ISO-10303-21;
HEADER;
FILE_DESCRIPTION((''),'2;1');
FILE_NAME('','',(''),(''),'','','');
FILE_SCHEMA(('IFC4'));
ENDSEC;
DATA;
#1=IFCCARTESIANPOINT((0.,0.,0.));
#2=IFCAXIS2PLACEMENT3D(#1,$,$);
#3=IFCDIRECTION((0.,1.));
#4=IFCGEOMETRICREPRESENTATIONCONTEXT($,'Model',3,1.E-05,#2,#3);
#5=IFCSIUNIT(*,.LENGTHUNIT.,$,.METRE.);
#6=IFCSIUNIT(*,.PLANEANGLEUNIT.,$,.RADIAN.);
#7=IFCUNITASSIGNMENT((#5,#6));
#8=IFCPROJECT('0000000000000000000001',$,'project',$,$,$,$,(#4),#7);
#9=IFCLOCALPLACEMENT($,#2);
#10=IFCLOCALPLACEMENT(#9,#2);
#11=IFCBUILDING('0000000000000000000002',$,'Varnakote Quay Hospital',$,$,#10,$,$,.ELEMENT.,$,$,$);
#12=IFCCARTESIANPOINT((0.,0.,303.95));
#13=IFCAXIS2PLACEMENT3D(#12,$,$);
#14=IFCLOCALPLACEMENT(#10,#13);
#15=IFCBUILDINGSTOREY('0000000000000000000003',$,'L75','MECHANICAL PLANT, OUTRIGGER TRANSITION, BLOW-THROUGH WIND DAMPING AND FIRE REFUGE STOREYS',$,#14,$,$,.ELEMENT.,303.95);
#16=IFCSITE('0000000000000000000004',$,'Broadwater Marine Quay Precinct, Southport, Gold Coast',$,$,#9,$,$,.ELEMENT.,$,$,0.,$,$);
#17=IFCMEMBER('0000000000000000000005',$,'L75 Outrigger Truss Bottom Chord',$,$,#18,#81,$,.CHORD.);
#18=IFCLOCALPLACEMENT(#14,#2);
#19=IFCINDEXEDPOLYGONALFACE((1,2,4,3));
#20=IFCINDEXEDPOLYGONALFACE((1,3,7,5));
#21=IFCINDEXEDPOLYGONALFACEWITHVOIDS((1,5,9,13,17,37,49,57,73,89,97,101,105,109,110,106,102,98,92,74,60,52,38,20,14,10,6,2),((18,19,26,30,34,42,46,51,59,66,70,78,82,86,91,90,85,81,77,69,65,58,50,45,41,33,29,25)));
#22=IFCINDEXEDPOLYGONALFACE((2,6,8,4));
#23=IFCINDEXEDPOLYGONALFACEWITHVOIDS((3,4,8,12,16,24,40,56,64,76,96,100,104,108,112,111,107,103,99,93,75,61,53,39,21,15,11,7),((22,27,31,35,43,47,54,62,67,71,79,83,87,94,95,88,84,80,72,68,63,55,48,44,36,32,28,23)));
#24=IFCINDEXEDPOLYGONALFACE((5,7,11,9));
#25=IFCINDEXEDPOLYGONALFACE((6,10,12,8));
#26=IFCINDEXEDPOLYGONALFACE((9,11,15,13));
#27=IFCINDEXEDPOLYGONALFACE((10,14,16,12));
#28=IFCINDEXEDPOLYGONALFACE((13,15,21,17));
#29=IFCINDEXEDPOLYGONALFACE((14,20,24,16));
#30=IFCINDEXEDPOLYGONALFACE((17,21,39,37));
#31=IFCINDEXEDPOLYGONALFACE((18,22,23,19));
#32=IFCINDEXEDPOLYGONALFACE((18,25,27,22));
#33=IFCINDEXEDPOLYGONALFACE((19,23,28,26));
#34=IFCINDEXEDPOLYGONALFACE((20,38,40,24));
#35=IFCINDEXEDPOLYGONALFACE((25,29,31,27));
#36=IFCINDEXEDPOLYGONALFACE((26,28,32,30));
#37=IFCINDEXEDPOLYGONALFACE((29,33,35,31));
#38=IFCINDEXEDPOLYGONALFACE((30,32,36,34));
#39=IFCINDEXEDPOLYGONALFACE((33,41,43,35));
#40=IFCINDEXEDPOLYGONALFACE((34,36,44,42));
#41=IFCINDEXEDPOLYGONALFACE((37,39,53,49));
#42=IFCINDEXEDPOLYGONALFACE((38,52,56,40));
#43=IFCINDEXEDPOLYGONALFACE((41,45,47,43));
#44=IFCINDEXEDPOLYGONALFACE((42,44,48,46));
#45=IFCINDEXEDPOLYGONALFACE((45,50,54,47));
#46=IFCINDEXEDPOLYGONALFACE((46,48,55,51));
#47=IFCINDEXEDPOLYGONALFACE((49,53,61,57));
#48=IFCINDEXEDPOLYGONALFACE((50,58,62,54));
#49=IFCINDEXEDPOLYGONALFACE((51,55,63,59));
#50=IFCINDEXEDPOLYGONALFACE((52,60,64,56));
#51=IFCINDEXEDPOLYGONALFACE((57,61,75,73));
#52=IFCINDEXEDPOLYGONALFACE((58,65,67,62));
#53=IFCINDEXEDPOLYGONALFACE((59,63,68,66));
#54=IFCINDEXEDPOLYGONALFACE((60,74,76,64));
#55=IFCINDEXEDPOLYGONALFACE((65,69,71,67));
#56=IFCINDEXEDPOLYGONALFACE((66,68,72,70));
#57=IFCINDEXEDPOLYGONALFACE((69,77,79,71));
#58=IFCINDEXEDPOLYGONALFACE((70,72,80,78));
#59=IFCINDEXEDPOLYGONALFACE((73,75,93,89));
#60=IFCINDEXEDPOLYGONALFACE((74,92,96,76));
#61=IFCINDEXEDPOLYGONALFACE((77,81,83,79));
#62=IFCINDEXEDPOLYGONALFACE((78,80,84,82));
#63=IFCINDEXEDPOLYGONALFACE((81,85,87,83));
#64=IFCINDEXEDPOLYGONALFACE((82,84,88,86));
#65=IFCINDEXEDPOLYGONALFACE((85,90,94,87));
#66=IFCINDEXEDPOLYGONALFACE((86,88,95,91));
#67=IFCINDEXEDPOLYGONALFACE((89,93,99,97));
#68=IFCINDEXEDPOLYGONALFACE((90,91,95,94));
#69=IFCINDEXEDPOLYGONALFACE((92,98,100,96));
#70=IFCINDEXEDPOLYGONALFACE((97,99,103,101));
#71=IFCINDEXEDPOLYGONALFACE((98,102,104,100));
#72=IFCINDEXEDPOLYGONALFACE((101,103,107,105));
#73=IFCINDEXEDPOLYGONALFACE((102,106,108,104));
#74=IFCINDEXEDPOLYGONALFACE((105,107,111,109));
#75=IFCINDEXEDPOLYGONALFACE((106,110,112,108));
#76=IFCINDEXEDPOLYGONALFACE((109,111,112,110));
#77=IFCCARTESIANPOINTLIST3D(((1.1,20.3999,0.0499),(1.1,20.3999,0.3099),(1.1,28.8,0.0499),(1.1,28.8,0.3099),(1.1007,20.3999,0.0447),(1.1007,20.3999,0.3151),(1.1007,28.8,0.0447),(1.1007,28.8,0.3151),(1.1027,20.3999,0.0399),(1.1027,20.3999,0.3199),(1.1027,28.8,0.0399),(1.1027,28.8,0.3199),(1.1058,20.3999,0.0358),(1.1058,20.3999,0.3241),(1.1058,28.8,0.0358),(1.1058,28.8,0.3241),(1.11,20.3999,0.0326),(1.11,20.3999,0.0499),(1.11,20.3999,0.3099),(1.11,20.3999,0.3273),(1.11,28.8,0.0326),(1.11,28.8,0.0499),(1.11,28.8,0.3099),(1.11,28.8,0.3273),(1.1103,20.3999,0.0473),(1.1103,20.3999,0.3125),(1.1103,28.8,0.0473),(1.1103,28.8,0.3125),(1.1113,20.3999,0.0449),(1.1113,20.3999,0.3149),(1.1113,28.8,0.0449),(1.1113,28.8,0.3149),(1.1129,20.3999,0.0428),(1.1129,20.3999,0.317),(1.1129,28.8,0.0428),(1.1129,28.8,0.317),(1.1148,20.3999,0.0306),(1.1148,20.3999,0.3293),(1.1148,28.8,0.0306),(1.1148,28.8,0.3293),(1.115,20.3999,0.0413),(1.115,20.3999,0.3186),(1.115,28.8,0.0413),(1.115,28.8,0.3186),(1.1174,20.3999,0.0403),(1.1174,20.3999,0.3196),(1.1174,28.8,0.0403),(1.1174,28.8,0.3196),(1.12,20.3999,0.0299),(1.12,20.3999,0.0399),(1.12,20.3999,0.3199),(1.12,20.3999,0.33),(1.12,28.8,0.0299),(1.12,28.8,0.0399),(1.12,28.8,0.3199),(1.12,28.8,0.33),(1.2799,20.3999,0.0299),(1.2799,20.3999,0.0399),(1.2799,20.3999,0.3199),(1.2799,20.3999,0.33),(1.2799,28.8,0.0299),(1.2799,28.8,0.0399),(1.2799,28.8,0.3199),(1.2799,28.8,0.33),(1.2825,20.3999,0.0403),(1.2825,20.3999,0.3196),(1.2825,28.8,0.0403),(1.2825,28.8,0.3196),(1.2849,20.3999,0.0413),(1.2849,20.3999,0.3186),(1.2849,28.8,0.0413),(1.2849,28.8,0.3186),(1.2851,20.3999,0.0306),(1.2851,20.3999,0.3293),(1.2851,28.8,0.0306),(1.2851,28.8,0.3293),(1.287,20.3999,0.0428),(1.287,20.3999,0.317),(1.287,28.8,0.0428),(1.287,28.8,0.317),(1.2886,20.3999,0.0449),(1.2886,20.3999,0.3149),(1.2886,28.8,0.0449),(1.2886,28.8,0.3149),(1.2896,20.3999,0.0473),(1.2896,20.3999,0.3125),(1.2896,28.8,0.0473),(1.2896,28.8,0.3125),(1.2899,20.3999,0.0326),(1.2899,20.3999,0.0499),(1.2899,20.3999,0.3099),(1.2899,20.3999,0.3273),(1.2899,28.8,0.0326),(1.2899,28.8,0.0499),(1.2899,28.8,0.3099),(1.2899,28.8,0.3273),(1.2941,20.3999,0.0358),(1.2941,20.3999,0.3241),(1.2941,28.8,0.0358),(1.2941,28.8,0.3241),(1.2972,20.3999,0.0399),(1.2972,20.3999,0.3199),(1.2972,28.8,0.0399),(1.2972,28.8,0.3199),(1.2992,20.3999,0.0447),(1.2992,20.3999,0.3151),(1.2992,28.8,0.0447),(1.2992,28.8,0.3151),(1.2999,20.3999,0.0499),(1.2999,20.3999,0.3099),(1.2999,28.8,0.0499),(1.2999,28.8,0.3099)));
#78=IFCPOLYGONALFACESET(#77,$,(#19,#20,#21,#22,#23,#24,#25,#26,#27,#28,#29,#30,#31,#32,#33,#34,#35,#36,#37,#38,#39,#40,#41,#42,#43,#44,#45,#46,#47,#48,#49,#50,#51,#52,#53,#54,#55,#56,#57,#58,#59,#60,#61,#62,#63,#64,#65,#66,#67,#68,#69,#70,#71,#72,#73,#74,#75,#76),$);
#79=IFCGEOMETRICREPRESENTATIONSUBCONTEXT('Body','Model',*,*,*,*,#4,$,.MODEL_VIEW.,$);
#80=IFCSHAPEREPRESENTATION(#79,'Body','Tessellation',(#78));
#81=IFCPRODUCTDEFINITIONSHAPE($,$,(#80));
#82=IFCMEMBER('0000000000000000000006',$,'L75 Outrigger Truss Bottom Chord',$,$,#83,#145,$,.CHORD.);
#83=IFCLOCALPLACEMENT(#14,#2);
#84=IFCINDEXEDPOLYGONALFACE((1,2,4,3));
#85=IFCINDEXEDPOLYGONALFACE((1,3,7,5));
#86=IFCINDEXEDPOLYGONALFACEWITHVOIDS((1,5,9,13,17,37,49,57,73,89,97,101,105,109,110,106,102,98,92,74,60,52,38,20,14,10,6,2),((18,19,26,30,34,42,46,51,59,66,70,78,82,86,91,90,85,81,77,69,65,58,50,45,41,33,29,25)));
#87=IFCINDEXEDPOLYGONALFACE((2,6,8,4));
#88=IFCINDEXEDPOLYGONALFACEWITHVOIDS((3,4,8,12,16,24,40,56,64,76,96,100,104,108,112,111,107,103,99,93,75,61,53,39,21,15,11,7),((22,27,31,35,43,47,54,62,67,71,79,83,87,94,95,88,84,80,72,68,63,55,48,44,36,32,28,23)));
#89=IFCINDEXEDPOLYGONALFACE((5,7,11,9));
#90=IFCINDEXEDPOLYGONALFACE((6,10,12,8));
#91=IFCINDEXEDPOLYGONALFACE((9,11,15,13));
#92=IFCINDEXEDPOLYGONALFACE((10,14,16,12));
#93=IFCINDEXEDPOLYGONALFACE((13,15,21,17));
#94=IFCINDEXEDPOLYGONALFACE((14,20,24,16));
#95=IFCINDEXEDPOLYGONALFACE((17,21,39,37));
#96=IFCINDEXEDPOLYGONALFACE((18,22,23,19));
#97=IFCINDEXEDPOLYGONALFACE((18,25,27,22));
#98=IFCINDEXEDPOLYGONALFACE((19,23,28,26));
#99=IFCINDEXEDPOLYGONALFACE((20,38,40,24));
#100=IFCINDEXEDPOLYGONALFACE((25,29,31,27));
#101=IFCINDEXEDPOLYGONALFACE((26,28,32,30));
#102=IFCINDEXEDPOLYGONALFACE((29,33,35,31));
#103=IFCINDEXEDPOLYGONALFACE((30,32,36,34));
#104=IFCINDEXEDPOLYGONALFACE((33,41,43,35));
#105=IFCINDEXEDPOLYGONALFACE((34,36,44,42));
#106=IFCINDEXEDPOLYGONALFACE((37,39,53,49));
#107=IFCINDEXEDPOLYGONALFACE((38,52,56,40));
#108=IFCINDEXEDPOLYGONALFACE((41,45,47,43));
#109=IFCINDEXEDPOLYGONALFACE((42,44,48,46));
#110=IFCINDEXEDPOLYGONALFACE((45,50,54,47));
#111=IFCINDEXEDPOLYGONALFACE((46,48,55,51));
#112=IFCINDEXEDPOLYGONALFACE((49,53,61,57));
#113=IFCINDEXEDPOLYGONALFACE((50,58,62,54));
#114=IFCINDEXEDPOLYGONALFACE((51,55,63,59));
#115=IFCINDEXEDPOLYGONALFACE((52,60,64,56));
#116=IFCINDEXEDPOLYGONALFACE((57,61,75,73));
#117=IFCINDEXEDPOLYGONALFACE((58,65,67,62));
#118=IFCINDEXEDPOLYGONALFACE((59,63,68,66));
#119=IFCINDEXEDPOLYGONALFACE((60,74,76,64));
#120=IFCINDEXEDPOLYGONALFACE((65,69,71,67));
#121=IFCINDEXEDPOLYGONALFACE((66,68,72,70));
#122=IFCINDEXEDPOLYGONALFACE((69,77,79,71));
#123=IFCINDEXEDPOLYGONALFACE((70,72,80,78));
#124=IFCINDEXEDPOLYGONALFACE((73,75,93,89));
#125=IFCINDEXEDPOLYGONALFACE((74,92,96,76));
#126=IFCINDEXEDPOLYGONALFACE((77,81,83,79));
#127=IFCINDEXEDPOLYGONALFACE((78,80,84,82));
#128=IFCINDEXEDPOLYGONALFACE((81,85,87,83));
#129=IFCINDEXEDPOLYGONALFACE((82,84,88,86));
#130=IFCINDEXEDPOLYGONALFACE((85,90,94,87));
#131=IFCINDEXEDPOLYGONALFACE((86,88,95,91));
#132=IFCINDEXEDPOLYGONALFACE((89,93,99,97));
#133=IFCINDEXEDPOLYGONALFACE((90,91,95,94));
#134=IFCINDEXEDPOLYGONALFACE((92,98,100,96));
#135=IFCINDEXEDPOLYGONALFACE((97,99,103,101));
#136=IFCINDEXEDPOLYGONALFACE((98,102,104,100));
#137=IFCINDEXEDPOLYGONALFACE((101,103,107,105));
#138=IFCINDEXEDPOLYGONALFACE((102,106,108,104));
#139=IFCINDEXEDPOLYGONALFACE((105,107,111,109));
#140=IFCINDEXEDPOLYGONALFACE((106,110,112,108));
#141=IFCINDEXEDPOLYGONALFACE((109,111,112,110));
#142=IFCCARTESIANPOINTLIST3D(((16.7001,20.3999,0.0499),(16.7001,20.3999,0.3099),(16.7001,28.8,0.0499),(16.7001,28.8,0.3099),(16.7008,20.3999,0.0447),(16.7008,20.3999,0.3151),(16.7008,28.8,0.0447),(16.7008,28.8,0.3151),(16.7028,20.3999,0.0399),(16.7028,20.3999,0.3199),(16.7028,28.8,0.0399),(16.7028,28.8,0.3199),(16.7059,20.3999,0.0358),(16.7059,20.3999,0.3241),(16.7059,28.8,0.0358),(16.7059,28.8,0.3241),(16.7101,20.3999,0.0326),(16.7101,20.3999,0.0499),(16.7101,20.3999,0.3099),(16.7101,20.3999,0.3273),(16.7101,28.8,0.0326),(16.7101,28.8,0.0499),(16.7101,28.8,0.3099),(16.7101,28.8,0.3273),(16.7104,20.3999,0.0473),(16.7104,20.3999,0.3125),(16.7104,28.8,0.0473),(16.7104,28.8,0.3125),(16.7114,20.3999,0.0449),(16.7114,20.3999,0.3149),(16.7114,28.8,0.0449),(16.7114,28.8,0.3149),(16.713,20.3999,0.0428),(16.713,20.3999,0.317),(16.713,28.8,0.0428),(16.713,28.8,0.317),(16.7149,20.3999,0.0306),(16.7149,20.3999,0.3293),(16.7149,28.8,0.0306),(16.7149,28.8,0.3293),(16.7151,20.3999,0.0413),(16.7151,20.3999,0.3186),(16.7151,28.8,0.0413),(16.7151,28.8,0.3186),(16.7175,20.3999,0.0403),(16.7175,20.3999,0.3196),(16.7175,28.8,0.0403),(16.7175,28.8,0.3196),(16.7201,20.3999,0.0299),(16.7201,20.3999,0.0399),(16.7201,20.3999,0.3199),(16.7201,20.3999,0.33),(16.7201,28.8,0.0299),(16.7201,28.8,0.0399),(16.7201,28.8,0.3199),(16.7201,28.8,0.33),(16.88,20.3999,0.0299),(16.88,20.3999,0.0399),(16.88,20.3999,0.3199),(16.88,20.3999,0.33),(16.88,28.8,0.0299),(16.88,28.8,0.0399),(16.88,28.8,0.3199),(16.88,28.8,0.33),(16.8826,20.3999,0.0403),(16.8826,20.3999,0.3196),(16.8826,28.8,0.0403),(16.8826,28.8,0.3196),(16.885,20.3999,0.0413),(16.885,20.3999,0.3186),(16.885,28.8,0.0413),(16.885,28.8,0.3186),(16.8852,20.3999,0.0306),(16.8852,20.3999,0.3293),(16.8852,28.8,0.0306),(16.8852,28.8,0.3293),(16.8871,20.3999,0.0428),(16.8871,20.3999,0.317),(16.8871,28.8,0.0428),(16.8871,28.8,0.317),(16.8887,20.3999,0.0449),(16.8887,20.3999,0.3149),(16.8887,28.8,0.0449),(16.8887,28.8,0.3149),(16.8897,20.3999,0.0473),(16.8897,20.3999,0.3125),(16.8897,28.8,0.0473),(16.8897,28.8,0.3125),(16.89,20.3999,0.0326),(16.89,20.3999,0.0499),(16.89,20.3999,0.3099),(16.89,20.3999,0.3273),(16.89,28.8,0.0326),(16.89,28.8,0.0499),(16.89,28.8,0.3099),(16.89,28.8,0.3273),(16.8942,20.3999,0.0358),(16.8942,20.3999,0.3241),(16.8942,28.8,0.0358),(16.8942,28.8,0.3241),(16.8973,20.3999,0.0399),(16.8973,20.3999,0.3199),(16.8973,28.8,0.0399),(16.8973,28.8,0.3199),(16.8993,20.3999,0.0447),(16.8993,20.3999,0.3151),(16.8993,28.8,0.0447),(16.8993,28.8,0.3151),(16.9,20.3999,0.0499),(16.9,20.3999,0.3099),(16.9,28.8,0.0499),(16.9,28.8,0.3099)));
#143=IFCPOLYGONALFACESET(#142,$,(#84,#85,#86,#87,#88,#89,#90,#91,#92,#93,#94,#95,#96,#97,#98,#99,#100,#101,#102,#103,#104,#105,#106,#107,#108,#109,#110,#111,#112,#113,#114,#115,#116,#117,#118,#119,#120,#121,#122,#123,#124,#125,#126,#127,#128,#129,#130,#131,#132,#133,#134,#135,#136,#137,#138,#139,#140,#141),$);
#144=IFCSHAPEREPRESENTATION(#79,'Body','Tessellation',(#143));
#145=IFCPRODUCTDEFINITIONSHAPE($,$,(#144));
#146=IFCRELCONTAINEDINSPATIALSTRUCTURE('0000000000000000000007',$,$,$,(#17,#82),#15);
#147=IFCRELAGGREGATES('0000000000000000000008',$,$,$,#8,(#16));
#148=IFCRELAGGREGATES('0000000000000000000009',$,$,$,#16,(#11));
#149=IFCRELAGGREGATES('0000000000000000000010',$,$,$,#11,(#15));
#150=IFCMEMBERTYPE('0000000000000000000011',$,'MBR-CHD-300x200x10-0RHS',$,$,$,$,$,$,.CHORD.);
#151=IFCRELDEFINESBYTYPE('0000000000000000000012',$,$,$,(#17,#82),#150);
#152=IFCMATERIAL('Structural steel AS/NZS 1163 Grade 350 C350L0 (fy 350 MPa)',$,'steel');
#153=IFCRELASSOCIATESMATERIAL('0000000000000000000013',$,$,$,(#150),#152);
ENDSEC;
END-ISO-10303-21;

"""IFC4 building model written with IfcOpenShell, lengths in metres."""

from ifc_helpers import new_model, si_unit, direction, frame, origin, origin_2d, place, context, subcontext, project, spatial, hollow_rectangle, extrude, material, material_profile, profile_set, type_object, element, save


model = new_model("IFC4")

# Units and contexts
model_context = context("Model", 3, precision=1e-05, world=origin(), true_north=direction((0.0, 1.0)))
body_context = subcontext(model_context, "Body", "Model", "MODEL_VIEW")
ifc_project = project(units=[si_unit("LENGTHUNIT", "METRE"), si_unit("PLANEANGLEUNIT", "RADIAN")], contexts=[model_context])

# Site, building, storey
site_placement = place(None, origin())
site = spatial("IfcSite", under=ifc_project, at=site_placement, Name="Broadwater Marine Quay Precinct, Southport, Gold Coast", CompositionType="ELEMENT", RefElevation=0.0)
building_placement = place(site_placement, origin())
building = spatial("IfcBuilding", under=site, at=building_placement, Name="Varnakote Quay Hospital", CompositionType="ELEMENT")
storey_placement = place(building_placement, frame((0.0, 0.0, 303.95)))
storey = spatial("IfcBuildingStorey", under=building, at=storey_placement, Name="L75", Description="MECHANICAL PLANT, OUTRIGGER TRANSITION, BLOW-THROUGH WIND DAMPING AND FIRE REFUGE STOREYS", CompositionType="ELEMENT", Elevation=303.95)

# Members
ifc_material_1 = material(Name="Structural steel AS/NZS 1163 Grade 350 C350L0 (fy 350 MPa)", Category="steel")
ifc_material_profile_1 = material_profile(ifc_material_1, hollow_rectangle(XDim=0.2, YDim=0.3, WallThickness=0.01, InnerFilletRadius=0.01, OuterFilletRadius=0.02, at=origin_2d()), Name="300x200x10.0RHS")
ifc_profile_set_1 = profile_set([ifc_material_profile_1], Name="Structural steel AS/NZS 1163 Grade 350 C350L0 (fy 350 MPa)")
member_type_1 = type_object("IfcMemberType", Name="MBR-CHD-300x200x10-0RHS", PredefinedType="CHORD", material=ifc_profile_set_1)
for number, where, z_axis, x_axis, name in (
    (1, (1.2, 20.3999, 0.1799), (0.0, 1.0, 0.0), (-1.0, 0.0, 0.0), "L75 Outrigger Truss Bottom Chord"),
    (2, (16.8, 20.3999, 0.1799), (0.0, 1.0, 0.0), (-1.0, 0.0, 0.0), "L75 Outrigger Truss Bottom Chord"),
):
    element("IfcMember", number, at=place(storey_placement, frame(where, z_axis=z_axis, x_axis=x_axis)), inside=storey, type_object=member_type_1, Name=name, PredefinedType="CHORD", context=body_context, shape_type="SweptSolid", body=[
        extrude(hollow_rectangle(XDim=0.2, YDim=0.3, WallThickness=0.01, InnerFilletRadius=0.01, OuterFilletRadius=0.02, at=origin_2d()), origin(), (0.0, 0.0, 1.0), 8.4001),
    ])

save(model, "model.ifc")
